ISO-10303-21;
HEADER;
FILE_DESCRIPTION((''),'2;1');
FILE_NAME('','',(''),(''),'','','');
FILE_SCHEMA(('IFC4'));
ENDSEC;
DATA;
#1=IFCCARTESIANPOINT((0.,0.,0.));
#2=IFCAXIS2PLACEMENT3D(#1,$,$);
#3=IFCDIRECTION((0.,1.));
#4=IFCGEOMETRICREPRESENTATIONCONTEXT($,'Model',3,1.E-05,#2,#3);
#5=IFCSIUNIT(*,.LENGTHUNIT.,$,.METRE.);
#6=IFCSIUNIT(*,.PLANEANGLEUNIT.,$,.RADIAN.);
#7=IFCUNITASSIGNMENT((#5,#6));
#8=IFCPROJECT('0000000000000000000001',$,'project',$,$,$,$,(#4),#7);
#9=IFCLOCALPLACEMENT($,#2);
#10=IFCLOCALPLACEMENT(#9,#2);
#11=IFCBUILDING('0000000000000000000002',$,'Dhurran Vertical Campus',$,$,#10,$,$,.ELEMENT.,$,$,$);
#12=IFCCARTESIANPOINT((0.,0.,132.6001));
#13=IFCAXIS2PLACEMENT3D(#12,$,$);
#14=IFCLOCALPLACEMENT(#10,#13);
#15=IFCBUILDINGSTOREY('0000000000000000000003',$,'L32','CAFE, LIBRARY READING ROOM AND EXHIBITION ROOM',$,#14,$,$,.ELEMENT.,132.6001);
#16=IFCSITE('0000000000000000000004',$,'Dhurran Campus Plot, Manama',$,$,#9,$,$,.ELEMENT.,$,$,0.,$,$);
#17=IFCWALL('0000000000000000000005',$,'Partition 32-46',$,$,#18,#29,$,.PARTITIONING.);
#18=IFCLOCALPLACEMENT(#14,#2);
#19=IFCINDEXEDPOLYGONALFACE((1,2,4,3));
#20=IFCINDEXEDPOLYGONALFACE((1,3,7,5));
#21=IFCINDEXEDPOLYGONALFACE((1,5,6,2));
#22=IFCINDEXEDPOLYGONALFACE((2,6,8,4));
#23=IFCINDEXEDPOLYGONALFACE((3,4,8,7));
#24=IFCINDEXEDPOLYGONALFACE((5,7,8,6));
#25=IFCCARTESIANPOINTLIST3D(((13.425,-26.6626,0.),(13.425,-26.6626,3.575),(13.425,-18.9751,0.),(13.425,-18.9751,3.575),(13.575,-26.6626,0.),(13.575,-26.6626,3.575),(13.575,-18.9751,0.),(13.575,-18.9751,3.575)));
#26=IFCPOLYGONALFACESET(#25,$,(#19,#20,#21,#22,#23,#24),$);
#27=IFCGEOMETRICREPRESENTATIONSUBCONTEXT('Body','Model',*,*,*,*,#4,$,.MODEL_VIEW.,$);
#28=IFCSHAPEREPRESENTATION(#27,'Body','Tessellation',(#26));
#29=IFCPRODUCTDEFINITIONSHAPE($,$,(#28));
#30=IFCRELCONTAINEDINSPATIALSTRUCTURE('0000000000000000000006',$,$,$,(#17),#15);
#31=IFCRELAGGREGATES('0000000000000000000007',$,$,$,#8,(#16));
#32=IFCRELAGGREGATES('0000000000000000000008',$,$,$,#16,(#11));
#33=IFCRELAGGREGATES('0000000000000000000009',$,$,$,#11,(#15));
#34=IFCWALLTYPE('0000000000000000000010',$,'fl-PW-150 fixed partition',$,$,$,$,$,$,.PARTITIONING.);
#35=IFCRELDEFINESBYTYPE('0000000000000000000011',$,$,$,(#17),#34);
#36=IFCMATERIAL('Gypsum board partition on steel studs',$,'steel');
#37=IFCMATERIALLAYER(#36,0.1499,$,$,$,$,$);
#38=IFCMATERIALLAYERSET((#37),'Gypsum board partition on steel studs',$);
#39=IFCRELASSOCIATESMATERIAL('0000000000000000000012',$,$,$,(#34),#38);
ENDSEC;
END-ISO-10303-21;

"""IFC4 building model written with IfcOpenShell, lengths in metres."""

from ifc_helpers import new_model, si_unit, direction, frame, frame_2d, origin, place, context, subcontext, project, spatial, rectangle, extrude, material, layer, layer_set, type_object, element, save


model = new_model("IFC4")

# Units and contexts
model_context = context("Model", 3, precision=1e-05, world=origin(), true_north=direction((0.0, 1.0)))
body_context = subcontext(model_context, "Body", "Model", "MODEL_VIEW")
ifc_project = project(units=[si_unit("LENGTHUNIT", "METRE"), si_unit("PLANEANGLEUNIT", "RADIAN")], contexts=[model_context])

# Site, building, storey
site_placement = place(None, origin())
site = spatial("IfcSite", under=ifc_project, at=site_placement, Name="Dhurran Campus Plot, Manama", CompositionType="ELEMENT", RefElevation=0.0)
building_placement = place(site_placement, origin())
building = spatial("IfcBuilding", under=site, at=building_placement, Name="Dhurran Vertical Campus", CompositionType="ELEMENT")
storey_placement = place(building_placement, frame((0.0, 0.0, 132.6001)))
storey = spatial("IfcBuildingStorey", under=building, at=storey_placement, Name="L32", Description="CAFE, LIBRARY READING ROOM AND EXHIBITION ROOM", CompositionType="ELEMENT", Elevation=132.6001)

# Wall
ifc_material_1 = material(Name="Gypsum board partition on steel studs", Category="steel")
ifc_layer_1 = layer(ifc_material_1, 0.1499)
ifc_layer_set_1 = layer_set([ifc_layer_1], Name="Gypsum board partition on steel studs")
wall_type_1 = type_object("IfcWallType", Name="fl-PW-150 fixed partition", PredefinedType="PARTITIONING", material=ifc_layer_set_1)
wall_1_placement = place(storey_placement, frame((13.5, -18.9751, 0.0), z_axis=(0.0, 0.0, 1.0), x_axis=(0.0, -1.0, 0.0)))
element("IfcWall", 1, at=wall_1_placement, inside=storey, type_object=wall_type_1, Name="Partition 32-46", PredefinedType="PARTITIONING", context=body_context, shape_type="SweptSolid", body=[
    extrude(rectangle(XDim=7.6875, YDim=0.1499, at=frame_2d((3.8438, 0.0))), origin(), (0.0, 0.0, 1.0), 3.575),
])

save(model, "model.ifc")
